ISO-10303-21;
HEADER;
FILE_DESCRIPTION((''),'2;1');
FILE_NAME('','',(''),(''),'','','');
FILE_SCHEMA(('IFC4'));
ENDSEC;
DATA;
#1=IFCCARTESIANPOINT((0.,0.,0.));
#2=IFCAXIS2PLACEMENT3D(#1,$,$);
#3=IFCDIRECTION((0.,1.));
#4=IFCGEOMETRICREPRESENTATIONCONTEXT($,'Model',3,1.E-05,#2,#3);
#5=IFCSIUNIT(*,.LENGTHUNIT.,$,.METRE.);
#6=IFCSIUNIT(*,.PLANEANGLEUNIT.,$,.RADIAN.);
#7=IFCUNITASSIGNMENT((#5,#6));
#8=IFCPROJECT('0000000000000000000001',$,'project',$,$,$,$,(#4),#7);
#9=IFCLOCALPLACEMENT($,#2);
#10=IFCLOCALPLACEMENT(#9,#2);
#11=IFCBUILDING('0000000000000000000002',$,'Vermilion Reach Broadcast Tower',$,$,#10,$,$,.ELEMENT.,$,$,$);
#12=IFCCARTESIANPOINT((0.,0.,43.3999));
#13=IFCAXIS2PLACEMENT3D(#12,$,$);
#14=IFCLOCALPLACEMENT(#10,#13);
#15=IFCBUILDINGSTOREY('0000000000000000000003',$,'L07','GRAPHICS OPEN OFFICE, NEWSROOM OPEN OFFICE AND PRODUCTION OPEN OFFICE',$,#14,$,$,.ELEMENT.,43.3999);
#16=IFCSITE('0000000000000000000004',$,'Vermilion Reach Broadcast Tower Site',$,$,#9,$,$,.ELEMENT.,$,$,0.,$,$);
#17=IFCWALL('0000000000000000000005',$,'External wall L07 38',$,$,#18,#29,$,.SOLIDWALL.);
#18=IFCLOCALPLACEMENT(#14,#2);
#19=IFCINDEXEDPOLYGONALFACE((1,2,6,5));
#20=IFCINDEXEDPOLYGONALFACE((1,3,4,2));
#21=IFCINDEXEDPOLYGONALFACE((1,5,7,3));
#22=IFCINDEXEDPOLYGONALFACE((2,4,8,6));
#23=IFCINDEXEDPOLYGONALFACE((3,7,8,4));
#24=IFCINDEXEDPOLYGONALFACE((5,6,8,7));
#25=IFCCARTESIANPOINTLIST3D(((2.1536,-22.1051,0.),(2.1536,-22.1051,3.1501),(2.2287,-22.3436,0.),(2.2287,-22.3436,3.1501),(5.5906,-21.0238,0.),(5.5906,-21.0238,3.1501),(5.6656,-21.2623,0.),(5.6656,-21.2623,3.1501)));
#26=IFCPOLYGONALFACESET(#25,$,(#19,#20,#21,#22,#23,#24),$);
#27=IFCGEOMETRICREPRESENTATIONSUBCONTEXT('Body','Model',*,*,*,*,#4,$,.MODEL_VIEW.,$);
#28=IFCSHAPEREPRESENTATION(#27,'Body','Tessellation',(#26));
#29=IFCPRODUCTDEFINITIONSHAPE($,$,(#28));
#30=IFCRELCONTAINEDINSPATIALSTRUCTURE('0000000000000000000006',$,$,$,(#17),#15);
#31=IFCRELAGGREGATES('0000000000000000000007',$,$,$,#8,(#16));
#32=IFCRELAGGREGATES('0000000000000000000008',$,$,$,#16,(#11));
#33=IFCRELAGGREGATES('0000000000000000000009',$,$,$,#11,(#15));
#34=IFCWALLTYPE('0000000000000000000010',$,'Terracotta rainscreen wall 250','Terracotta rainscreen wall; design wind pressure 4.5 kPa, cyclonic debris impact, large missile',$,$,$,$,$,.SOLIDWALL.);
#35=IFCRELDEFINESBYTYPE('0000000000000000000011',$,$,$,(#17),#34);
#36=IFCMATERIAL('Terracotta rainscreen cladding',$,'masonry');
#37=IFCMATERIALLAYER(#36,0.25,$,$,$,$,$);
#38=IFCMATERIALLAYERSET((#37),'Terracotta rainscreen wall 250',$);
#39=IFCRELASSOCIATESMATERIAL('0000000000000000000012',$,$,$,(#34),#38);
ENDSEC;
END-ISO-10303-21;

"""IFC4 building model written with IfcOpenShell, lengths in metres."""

from ifc_helpers import new_model, si_unit, direction, frame, frame_2d, origin, place, context, subcontext, project, spatial, rectangle, extrude, material, layer, layer_set, type_object, element, save


model = new_model("IFC4")

# Units and contexts
model_context = context("Model", 3, precision=1e-05, world=origin(), true_north=direction((0.0, 1.0)))
body_context = subcontext(model_context, "Body", "Model", "MODEL_VIEW")
ifc_project = project(units=[si_unit("LENGTHUNIT", "METRE"), si_unit("PLANEANGLEUNIT", "RADIAN")], contexts=[model_context])

# Site, building, storey
site_placement = place(None, origin())
site = spatial("IfcSite", under=ifc_project, at=site_placement, Name="Vermilion Reach Broadcast Tower Site", CompositionType="ELEMENT", RefElevation=0.0)
building_placement = place(site_placement, origin())
building = spatial("IfcBuilding", under=site, at=building_placement, Name="Vermilion Reach Broadcast Tower", CompositionType="ELEMENT")
storey_placement = place(building_placement, frame((0.0, 0.0, 43.3999)))
storey = spatial("IfcBuildingStorey", under=building, at=storey_placement, Name="L07", Description="GRAPHICS OPEN OFFICE, NEWSROOM OPEN OFFICE AND PRODUCTION OPEN OFFICE", CompositionType="ELEMENT", Elevation=43.3999)

# Wall
ifc_material_1 = material(Name="Terracotta rainscreen cladding", Category="masonry")
ifc_layer_1 = layer(ifc_material_1, 0.25)
ifc_layer_set_1 = layer_set([ifc_layer_1], Name="Terracotta rainscreen wall 250")
wall_type = type_object("IfcWallType", Name="Terracotta rainscreen wall 250", Description="Terracotta rainscreen wall; design wind pressure 4.5 kPa, cyclonic debris impact, large missile", PredefinedType="SOLIDWALL", material=ifc_layer_set_1)
wall_placement = place(storey_placement, frame((2.1912, -22.2244, 0.0), z_axis=(0.0, 0.0, 1.0), x_axis=(0.953907, 0.300103, 0.0)))
element("IfcWall", 1, at=wall_placement, inside=storey, type_object=wall_type, Name="External wall L07 38", PredefinedType="SOLIDWALL", context=body_context, shape_type="SweptSolid", body=[
    extrude(rectangle(XDim=3.603, YDim=0.25, at=frame_2d((1.8015, 0.0))), origin(), (0.0, 0.0, 1.0), 3.1501),
])

save(model, "model.ifc")
